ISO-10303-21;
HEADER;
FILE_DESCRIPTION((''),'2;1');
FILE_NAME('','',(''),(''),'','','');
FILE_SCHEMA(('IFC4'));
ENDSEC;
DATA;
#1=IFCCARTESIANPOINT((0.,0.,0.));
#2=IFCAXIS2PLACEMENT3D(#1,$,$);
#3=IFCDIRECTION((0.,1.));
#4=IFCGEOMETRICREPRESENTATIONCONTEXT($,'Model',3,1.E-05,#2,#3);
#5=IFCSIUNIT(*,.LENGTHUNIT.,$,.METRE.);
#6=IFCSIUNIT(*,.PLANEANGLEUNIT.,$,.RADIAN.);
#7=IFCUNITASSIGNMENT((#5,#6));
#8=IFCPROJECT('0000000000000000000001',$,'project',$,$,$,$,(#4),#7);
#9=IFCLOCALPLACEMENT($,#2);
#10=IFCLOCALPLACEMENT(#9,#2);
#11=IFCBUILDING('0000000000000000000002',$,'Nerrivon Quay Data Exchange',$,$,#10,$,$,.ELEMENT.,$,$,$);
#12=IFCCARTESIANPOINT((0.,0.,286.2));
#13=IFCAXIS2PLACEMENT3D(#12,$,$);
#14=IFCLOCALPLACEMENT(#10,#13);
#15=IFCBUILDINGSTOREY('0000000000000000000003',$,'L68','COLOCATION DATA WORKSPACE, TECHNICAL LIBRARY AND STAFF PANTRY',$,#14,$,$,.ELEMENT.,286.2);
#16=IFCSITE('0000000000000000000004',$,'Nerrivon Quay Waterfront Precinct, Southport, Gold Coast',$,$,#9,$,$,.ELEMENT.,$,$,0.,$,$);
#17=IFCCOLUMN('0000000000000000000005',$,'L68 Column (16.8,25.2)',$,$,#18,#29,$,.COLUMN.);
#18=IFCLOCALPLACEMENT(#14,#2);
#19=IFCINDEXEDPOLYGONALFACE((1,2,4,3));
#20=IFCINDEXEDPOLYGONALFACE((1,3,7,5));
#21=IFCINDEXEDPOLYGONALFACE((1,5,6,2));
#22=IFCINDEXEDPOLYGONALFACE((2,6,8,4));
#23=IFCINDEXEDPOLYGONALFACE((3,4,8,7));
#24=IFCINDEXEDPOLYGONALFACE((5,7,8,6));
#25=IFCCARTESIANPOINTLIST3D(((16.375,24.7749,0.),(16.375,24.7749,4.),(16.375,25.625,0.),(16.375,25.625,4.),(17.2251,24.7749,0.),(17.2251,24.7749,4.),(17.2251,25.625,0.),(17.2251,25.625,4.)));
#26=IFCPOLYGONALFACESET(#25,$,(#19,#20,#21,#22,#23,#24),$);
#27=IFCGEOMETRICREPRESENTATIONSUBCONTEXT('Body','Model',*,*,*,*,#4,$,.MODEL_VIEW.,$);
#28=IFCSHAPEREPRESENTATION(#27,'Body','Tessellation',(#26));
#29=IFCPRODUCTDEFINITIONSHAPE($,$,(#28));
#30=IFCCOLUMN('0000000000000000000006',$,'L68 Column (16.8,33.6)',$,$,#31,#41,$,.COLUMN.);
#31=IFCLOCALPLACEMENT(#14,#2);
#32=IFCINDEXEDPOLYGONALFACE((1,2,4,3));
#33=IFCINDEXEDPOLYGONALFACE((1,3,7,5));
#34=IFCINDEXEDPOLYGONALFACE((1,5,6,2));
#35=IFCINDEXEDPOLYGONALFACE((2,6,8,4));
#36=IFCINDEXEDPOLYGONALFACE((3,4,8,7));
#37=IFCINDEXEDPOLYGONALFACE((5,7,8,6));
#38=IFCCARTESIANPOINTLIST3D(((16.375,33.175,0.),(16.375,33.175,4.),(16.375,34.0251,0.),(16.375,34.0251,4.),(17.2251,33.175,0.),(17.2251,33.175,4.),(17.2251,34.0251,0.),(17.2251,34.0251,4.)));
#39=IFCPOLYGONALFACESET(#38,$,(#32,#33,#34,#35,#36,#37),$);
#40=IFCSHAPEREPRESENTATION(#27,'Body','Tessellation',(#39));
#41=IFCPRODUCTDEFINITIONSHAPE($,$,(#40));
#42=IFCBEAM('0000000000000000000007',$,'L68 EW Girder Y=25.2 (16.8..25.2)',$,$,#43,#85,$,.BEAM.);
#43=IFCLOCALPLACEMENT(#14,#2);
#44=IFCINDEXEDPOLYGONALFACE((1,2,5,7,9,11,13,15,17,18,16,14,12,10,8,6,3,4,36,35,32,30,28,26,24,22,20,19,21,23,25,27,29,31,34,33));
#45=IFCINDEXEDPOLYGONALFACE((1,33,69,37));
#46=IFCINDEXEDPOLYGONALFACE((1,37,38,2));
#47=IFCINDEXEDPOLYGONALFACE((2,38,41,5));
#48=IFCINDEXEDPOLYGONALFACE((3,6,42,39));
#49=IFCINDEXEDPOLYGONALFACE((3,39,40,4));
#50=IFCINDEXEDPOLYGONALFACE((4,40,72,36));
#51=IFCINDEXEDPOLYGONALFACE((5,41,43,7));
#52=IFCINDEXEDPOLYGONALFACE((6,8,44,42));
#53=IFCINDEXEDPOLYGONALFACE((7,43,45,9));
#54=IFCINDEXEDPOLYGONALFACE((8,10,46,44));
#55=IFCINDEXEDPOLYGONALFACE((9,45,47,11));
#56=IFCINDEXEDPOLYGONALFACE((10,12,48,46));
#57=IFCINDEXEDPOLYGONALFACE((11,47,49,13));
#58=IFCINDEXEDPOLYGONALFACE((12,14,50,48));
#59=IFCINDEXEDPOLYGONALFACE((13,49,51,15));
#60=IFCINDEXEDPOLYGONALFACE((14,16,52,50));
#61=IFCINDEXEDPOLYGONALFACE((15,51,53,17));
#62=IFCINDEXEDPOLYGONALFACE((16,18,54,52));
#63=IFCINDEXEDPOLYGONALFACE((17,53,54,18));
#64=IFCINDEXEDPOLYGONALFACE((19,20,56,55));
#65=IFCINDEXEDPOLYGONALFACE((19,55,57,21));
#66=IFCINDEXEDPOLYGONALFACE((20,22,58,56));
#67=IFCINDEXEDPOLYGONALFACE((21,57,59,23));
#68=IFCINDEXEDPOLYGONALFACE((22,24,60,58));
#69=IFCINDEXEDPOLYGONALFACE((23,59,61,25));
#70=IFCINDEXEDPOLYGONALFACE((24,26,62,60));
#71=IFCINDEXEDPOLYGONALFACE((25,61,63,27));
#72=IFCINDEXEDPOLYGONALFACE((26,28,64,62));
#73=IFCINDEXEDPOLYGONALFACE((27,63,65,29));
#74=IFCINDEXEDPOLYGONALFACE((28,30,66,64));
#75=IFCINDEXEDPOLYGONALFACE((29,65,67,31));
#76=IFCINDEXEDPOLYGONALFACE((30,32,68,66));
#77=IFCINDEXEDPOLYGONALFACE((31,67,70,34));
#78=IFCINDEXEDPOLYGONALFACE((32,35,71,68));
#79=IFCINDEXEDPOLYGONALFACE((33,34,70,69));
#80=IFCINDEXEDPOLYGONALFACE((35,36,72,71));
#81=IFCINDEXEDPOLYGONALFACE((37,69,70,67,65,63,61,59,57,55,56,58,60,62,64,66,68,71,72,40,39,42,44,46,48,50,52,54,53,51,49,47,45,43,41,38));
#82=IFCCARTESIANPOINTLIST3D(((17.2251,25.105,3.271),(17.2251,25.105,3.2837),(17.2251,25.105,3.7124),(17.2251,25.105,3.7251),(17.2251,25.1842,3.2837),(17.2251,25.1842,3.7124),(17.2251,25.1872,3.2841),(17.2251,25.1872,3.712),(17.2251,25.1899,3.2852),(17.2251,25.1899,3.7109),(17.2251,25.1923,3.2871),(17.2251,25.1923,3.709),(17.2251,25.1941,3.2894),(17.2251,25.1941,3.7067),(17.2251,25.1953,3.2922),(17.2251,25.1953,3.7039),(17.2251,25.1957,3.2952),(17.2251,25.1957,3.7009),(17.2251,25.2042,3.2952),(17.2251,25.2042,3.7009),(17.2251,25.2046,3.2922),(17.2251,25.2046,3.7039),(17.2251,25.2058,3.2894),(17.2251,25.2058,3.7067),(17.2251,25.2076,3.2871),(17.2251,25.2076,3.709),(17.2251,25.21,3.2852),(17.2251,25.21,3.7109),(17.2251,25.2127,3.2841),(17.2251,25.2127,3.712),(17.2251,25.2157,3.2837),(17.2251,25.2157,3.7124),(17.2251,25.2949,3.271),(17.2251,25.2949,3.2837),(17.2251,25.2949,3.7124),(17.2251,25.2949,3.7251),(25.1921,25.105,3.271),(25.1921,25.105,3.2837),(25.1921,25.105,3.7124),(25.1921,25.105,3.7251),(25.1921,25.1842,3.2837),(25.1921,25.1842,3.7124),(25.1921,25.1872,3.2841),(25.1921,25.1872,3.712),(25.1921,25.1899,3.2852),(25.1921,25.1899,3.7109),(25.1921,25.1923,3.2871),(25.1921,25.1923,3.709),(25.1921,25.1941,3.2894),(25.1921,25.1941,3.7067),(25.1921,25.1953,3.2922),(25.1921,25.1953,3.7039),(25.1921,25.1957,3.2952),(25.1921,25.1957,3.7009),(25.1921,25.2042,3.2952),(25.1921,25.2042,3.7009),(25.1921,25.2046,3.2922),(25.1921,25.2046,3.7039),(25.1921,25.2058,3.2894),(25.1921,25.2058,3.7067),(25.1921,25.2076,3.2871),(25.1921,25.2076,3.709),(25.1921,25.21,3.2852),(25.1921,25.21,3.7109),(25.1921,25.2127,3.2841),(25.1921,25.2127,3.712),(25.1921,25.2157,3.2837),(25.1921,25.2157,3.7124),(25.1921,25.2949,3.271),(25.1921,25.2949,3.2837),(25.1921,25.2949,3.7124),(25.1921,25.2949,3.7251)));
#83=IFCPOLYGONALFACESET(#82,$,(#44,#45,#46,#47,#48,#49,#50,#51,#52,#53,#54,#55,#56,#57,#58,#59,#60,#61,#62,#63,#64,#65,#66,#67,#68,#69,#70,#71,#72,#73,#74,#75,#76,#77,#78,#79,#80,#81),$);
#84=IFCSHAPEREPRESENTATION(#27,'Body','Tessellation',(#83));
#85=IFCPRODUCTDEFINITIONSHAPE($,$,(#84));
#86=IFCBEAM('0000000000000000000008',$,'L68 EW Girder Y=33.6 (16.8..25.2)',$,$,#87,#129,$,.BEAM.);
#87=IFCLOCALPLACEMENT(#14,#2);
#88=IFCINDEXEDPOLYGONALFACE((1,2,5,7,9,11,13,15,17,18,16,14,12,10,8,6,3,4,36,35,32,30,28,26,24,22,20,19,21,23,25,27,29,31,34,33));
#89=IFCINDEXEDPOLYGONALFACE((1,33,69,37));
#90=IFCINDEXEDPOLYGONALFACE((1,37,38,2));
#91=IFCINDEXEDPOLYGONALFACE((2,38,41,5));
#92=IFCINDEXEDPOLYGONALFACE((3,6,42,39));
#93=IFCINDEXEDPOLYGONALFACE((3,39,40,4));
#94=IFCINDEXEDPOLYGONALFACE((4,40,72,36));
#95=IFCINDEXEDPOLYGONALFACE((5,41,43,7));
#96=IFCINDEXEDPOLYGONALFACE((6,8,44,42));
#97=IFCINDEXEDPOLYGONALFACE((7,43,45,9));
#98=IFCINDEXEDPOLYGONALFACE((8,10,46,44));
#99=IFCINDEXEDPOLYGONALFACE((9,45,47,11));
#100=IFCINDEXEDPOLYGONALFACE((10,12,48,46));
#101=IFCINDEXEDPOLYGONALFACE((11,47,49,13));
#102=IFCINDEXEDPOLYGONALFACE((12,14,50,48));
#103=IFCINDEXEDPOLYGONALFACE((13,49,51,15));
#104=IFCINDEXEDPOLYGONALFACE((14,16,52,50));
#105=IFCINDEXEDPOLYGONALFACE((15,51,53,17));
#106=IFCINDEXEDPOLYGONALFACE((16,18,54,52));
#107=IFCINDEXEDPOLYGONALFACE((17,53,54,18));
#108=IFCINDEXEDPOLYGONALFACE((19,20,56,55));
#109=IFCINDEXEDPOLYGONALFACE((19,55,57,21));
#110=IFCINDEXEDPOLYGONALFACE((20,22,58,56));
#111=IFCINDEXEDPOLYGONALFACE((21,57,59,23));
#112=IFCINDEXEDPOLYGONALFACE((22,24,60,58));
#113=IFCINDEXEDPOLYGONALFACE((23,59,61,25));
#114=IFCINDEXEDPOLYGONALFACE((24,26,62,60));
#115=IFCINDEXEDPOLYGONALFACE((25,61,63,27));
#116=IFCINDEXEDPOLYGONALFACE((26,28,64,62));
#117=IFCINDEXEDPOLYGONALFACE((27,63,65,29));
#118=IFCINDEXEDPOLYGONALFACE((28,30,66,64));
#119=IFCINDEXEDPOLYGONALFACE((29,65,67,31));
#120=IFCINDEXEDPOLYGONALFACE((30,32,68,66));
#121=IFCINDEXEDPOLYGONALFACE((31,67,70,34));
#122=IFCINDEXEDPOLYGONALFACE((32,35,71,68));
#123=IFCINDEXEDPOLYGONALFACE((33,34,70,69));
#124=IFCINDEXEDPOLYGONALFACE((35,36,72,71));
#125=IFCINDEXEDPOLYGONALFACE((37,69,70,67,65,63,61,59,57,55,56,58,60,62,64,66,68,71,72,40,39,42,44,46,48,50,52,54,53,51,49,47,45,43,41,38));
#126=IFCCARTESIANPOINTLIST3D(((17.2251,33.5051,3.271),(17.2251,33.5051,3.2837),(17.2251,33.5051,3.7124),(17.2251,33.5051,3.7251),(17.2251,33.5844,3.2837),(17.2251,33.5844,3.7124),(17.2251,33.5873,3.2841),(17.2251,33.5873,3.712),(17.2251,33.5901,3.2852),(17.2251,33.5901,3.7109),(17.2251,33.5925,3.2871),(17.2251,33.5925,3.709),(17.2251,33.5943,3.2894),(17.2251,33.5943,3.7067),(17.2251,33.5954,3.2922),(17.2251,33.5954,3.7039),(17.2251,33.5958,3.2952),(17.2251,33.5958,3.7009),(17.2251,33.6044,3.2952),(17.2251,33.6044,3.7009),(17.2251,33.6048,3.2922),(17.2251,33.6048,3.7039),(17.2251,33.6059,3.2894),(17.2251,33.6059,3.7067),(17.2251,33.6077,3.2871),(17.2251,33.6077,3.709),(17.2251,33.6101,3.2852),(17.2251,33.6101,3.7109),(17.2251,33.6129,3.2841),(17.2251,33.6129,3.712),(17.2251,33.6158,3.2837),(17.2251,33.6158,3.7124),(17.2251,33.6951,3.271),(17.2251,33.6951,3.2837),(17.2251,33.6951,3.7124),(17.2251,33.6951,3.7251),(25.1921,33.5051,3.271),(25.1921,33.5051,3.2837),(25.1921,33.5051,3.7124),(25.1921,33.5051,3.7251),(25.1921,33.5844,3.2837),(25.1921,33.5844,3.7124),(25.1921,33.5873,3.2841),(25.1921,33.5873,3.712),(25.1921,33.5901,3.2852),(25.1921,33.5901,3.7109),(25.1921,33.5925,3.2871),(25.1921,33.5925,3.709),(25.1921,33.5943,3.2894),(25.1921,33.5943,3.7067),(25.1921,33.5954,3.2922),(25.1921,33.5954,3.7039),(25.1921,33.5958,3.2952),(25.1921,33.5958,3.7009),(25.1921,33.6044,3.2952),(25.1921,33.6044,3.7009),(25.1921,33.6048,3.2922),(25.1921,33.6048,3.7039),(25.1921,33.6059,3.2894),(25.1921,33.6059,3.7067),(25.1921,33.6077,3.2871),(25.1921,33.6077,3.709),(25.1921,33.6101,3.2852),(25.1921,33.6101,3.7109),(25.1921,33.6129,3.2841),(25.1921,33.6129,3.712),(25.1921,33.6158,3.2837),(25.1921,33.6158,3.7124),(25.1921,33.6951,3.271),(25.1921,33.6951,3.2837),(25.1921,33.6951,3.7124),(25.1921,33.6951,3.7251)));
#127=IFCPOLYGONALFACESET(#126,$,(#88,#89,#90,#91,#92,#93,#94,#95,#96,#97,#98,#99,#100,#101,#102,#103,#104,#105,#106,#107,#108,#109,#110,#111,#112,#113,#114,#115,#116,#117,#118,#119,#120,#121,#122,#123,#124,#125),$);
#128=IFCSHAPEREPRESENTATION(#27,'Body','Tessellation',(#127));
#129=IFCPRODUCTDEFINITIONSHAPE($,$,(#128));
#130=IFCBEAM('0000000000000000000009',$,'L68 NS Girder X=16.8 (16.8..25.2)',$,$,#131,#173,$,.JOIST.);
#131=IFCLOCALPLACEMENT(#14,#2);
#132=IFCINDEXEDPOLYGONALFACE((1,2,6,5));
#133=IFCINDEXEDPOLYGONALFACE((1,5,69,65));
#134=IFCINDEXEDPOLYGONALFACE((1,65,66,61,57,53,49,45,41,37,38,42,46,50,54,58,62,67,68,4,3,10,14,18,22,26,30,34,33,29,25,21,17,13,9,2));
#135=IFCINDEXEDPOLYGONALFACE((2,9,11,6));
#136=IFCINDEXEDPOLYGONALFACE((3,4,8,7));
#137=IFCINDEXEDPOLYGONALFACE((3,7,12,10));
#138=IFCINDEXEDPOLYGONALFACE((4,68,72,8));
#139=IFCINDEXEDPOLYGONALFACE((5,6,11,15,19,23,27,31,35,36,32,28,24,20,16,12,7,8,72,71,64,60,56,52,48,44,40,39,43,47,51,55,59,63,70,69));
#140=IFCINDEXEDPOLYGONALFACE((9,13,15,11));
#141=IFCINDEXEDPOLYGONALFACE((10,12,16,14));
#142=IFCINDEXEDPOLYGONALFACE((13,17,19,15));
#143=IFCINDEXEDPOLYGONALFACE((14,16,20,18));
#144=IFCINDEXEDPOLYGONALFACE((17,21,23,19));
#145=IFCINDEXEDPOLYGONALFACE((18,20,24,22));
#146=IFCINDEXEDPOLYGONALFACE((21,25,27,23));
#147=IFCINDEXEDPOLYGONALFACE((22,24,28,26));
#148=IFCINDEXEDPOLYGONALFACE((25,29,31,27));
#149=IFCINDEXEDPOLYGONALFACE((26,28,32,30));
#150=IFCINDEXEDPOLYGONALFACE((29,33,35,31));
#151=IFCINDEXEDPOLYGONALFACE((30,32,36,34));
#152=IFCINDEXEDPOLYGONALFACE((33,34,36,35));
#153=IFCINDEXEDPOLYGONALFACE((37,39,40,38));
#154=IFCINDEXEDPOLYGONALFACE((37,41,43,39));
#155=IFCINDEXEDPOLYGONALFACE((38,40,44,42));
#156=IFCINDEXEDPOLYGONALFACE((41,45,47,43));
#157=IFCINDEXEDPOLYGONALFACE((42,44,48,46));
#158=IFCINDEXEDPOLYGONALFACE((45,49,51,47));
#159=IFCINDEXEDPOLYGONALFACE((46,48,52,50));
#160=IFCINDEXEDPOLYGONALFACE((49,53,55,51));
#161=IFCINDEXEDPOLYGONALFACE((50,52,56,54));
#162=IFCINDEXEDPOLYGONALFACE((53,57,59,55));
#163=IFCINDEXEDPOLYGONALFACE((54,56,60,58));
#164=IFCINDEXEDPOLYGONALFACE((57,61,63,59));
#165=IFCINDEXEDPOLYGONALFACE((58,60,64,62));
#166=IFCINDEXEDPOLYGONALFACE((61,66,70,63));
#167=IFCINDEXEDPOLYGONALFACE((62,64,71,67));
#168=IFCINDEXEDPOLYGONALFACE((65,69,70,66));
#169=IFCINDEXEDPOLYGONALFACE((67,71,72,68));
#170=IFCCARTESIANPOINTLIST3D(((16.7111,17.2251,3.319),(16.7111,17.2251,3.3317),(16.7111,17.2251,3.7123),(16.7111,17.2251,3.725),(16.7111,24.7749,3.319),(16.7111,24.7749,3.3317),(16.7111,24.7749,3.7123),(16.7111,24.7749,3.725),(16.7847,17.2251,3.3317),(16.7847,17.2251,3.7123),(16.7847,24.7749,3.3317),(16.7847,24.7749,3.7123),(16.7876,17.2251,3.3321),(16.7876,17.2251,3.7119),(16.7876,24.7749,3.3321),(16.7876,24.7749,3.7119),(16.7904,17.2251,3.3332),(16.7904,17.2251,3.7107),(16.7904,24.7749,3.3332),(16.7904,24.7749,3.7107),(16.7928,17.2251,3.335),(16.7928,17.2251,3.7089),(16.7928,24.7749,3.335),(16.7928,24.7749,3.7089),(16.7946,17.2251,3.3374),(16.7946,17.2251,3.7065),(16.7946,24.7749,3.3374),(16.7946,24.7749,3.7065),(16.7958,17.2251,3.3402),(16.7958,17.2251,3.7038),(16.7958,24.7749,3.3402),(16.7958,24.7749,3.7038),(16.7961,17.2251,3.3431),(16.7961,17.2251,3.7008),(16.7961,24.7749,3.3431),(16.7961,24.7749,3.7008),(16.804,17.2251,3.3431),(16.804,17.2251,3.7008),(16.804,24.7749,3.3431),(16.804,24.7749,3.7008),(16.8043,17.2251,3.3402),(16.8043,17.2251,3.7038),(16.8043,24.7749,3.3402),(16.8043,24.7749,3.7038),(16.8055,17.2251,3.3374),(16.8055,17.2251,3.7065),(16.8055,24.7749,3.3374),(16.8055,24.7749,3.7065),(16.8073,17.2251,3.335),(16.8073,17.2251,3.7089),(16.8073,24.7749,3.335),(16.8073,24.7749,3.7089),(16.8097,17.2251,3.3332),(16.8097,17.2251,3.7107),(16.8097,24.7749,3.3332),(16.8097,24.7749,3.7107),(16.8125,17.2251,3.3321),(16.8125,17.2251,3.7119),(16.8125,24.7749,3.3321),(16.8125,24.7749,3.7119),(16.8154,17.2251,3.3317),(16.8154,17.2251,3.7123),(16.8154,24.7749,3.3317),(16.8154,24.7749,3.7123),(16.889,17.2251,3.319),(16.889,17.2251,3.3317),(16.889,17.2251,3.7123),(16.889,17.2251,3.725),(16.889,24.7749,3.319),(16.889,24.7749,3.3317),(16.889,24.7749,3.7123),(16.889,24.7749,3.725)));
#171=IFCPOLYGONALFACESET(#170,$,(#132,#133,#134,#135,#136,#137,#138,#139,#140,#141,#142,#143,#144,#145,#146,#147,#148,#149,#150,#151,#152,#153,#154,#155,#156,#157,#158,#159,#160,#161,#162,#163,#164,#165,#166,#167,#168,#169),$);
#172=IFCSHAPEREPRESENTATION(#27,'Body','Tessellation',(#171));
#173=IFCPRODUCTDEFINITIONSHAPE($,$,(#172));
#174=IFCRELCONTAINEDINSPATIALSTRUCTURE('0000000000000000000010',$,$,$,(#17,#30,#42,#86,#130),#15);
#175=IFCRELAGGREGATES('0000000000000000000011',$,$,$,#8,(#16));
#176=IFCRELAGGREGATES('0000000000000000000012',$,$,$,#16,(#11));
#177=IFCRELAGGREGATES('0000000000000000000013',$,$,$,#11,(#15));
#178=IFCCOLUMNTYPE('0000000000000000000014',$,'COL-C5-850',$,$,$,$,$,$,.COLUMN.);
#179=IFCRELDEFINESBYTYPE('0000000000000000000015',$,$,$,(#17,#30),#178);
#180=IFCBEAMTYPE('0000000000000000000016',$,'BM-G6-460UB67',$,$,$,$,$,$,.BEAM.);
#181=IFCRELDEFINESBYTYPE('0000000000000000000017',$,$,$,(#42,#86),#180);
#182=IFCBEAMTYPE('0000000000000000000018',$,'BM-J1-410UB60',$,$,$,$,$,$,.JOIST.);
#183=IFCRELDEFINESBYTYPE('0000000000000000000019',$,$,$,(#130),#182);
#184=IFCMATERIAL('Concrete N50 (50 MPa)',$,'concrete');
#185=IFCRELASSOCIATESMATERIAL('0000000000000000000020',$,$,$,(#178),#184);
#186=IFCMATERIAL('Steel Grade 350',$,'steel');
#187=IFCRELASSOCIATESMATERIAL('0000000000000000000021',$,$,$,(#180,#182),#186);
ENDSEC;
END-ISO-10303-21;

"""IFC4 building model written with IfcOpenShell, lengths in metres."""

from ifc_helpers import new_model, si_unit, direction, frame, origin, origin_2d, place, context, subcontext, project, spatial, rectangle, i_section, extrude, material, material_profile, profile_set, type_object, element, save


model = new_model("IFC4")

# Units and contexts
model_context = context("Model", 3, precision=1e-05, world=origin(), true_north=direction((0.0, 1.0)))
body_context = subcontext(model_context, "Body", "Model", "MODEL_VIEW")
ifc_project = project(units=[si_unit("LENGTHUNIT", "METRE"), si_unit("PLANEANGLEUNIT", "RADIAN")], contexts=[model_context])

# Site, building, storey
site_placement = place(None, origin())
site = spatial("IfcSite", under=ifc_project, at=site_placement, Name="Nerrivon Quay Waterfront Precinct, Southport, Gold Coast", CompositionType="ELEMENT", RefElevation=0.0)
building_placement = place(site_placement, origin())
building = spatial("IfcBuilding", under=site, at=building_placement, Name="Nerrivon Quay Data Exchange", CompositionType="ELEMENT")
storey_placement = place(building_placement, frame((0.0, 0.0, 286.2)))
storey = spatial("IfcBuildingStorey", under=building, at=storey_placement, Name="L68", Description="COLOCATION DATA WORKSPACE, TECHNICAL LIBRARY AND STAFF PANTRY", CompositionType="ELEMENT", Elevation=286.2)

# Columns
ifc_material_1 = material(Name="Concrete N50 (50 MPa)", Category="concrete")
ifc_material_profile_1 = material_profile(ifc_material_1, rectangle(XDim=0.8501, YDim=0.8501, at=origin_2d()), Name="RC-COL-850x850")
ifc_profile_set_1 = profile_set([ifc_material_profile_1], Name="Concrete N50 (50 MPa)")
column_type = type_object("IfcColumnType", Name="COL-C5-850", PredefinedType="COLUMN", material=ifc_profile_set_1)
for number, where, z_axis, x_axis, name in (
    (1, (16.8, 25.2, 0.0), (0.0, 0.0, 1.0), (1.0, 0.0, 0.0), "L68 Column (16.8,25.2)"),
    (2, (16.8, 33.6001, 0.0), (0.0, 0.0, 1.0), (1.0, 0.0, 0.0), "L68 Column (16.8,33.6)"),
):
    element("IfcColumn", number, at=place(storey_placement, frame(where, z_axis=z_axis, x_axis=x_axis)), inside=storey, type_object=column_type, Name=name, PredefinedType="COLUMN", context=body_context, shape_type="SweptSolid", body=[
        extrude(rectangle(XDim=0.8501, YDim=0.8501, at=origin_2d()), origin(), (0.0, 0.0, 1.0), 4.0),
    ])

# Beams
ifc_material_2 = material(Name="Steel Grade 350", Category="steel")
ifc_material_profile_2 = material_profile(ifc_material_2, i_section(OverallWidth=0.1899, OverallDepth=0.4541, WebThickness=0.0085, FlangeThickness=0.0127, FilletRadius=0.0115, at=origin_2d()), Name="460UB67.1")
ifc_profile_set_2 = profile_set([ifc_material_profile_2], Name="Steel Grade 350")
beam_type_1 = type_object("IfcBeamType", Name="BM-G6-460UB67", PredefinedType="BEAM", material=ifc_profile_set_2)
for number, where, z_axis, x_axis, name in (
    (3, (17.2251, 25.2, 3.498), (1.0, 0.0, 0.0), (0.0, 1.0, 0.0), "L68 EW Girder Y=25.2 (16.8..25.2)"),
    (4, (17.2251, 33.6001, 3.498), (1.0, 0.0, 0.0), (0.0, 1.0, 0.0), "L68 EW Girder Y=33.6 (16.8..25.2)"),
):
    element("IfcBeam", number, at=place(storey_placement, frame(where, z_axis=z_axis, x_axis=x_axis)), inside=storey, type_object=beam_type_1, Name=name, PredefinedType="BEAM", context=body_context, shape_type="SweptSolid", body=[
        extrude(i_section(OverallWidth=0.1899, OverallDepth=0.4541, WebThickness=0.0085, FlangeThickness=0.0127, FilletRadius=0.0115, at=origin_2d()), origin(), (0.0, 0.0, 1.0), 7.967),
    ])
ifc_material_profile_3 = material_profile(ifc_material_2, i_section(OverallWidth=0.178, OverallDepth=0.406, WebThickness=0.0078, FlangeThickness=0.0127, FilletRadius=0.0115, at=origin_2d()), Name="410UB59.7")
ifc_profile_set_3 = profile_set([ifc_material_profile_3], Name="Steel Grade 350")
beam_type_2 = type_object("IfcBeamType", Name="BM-J1-410UB60", PredefinedType="JOIST", material=ifc_profile_set_3)
beam_1_placement = place(storey_placement, frame((16.8, 17.2251, 3.522), z_axis=(0.0, 1.0, 0.0), x_axis=(-1.0, 0.0, 0.0)))
element("IfcBeam", 5, at=beam_1_placement, inside=storey, type_object=beam_type_2, Name="L68 NS Girder X=16.8 (16.8..25.2)", PredefinedType="JOIST", context=body_context, shape_type="SweptSolid", body=[
    extrude(i_section(OverallWidth=0.178, OverallDepth=0.406, WebThickness=0.0078, FlangeThickness=0.0127, FilletRadius=0.0115, at=origin_2d()), origin(), (0.0, 0.0, 1.0), 7.5498),
])

save(model, "model.ifc")
